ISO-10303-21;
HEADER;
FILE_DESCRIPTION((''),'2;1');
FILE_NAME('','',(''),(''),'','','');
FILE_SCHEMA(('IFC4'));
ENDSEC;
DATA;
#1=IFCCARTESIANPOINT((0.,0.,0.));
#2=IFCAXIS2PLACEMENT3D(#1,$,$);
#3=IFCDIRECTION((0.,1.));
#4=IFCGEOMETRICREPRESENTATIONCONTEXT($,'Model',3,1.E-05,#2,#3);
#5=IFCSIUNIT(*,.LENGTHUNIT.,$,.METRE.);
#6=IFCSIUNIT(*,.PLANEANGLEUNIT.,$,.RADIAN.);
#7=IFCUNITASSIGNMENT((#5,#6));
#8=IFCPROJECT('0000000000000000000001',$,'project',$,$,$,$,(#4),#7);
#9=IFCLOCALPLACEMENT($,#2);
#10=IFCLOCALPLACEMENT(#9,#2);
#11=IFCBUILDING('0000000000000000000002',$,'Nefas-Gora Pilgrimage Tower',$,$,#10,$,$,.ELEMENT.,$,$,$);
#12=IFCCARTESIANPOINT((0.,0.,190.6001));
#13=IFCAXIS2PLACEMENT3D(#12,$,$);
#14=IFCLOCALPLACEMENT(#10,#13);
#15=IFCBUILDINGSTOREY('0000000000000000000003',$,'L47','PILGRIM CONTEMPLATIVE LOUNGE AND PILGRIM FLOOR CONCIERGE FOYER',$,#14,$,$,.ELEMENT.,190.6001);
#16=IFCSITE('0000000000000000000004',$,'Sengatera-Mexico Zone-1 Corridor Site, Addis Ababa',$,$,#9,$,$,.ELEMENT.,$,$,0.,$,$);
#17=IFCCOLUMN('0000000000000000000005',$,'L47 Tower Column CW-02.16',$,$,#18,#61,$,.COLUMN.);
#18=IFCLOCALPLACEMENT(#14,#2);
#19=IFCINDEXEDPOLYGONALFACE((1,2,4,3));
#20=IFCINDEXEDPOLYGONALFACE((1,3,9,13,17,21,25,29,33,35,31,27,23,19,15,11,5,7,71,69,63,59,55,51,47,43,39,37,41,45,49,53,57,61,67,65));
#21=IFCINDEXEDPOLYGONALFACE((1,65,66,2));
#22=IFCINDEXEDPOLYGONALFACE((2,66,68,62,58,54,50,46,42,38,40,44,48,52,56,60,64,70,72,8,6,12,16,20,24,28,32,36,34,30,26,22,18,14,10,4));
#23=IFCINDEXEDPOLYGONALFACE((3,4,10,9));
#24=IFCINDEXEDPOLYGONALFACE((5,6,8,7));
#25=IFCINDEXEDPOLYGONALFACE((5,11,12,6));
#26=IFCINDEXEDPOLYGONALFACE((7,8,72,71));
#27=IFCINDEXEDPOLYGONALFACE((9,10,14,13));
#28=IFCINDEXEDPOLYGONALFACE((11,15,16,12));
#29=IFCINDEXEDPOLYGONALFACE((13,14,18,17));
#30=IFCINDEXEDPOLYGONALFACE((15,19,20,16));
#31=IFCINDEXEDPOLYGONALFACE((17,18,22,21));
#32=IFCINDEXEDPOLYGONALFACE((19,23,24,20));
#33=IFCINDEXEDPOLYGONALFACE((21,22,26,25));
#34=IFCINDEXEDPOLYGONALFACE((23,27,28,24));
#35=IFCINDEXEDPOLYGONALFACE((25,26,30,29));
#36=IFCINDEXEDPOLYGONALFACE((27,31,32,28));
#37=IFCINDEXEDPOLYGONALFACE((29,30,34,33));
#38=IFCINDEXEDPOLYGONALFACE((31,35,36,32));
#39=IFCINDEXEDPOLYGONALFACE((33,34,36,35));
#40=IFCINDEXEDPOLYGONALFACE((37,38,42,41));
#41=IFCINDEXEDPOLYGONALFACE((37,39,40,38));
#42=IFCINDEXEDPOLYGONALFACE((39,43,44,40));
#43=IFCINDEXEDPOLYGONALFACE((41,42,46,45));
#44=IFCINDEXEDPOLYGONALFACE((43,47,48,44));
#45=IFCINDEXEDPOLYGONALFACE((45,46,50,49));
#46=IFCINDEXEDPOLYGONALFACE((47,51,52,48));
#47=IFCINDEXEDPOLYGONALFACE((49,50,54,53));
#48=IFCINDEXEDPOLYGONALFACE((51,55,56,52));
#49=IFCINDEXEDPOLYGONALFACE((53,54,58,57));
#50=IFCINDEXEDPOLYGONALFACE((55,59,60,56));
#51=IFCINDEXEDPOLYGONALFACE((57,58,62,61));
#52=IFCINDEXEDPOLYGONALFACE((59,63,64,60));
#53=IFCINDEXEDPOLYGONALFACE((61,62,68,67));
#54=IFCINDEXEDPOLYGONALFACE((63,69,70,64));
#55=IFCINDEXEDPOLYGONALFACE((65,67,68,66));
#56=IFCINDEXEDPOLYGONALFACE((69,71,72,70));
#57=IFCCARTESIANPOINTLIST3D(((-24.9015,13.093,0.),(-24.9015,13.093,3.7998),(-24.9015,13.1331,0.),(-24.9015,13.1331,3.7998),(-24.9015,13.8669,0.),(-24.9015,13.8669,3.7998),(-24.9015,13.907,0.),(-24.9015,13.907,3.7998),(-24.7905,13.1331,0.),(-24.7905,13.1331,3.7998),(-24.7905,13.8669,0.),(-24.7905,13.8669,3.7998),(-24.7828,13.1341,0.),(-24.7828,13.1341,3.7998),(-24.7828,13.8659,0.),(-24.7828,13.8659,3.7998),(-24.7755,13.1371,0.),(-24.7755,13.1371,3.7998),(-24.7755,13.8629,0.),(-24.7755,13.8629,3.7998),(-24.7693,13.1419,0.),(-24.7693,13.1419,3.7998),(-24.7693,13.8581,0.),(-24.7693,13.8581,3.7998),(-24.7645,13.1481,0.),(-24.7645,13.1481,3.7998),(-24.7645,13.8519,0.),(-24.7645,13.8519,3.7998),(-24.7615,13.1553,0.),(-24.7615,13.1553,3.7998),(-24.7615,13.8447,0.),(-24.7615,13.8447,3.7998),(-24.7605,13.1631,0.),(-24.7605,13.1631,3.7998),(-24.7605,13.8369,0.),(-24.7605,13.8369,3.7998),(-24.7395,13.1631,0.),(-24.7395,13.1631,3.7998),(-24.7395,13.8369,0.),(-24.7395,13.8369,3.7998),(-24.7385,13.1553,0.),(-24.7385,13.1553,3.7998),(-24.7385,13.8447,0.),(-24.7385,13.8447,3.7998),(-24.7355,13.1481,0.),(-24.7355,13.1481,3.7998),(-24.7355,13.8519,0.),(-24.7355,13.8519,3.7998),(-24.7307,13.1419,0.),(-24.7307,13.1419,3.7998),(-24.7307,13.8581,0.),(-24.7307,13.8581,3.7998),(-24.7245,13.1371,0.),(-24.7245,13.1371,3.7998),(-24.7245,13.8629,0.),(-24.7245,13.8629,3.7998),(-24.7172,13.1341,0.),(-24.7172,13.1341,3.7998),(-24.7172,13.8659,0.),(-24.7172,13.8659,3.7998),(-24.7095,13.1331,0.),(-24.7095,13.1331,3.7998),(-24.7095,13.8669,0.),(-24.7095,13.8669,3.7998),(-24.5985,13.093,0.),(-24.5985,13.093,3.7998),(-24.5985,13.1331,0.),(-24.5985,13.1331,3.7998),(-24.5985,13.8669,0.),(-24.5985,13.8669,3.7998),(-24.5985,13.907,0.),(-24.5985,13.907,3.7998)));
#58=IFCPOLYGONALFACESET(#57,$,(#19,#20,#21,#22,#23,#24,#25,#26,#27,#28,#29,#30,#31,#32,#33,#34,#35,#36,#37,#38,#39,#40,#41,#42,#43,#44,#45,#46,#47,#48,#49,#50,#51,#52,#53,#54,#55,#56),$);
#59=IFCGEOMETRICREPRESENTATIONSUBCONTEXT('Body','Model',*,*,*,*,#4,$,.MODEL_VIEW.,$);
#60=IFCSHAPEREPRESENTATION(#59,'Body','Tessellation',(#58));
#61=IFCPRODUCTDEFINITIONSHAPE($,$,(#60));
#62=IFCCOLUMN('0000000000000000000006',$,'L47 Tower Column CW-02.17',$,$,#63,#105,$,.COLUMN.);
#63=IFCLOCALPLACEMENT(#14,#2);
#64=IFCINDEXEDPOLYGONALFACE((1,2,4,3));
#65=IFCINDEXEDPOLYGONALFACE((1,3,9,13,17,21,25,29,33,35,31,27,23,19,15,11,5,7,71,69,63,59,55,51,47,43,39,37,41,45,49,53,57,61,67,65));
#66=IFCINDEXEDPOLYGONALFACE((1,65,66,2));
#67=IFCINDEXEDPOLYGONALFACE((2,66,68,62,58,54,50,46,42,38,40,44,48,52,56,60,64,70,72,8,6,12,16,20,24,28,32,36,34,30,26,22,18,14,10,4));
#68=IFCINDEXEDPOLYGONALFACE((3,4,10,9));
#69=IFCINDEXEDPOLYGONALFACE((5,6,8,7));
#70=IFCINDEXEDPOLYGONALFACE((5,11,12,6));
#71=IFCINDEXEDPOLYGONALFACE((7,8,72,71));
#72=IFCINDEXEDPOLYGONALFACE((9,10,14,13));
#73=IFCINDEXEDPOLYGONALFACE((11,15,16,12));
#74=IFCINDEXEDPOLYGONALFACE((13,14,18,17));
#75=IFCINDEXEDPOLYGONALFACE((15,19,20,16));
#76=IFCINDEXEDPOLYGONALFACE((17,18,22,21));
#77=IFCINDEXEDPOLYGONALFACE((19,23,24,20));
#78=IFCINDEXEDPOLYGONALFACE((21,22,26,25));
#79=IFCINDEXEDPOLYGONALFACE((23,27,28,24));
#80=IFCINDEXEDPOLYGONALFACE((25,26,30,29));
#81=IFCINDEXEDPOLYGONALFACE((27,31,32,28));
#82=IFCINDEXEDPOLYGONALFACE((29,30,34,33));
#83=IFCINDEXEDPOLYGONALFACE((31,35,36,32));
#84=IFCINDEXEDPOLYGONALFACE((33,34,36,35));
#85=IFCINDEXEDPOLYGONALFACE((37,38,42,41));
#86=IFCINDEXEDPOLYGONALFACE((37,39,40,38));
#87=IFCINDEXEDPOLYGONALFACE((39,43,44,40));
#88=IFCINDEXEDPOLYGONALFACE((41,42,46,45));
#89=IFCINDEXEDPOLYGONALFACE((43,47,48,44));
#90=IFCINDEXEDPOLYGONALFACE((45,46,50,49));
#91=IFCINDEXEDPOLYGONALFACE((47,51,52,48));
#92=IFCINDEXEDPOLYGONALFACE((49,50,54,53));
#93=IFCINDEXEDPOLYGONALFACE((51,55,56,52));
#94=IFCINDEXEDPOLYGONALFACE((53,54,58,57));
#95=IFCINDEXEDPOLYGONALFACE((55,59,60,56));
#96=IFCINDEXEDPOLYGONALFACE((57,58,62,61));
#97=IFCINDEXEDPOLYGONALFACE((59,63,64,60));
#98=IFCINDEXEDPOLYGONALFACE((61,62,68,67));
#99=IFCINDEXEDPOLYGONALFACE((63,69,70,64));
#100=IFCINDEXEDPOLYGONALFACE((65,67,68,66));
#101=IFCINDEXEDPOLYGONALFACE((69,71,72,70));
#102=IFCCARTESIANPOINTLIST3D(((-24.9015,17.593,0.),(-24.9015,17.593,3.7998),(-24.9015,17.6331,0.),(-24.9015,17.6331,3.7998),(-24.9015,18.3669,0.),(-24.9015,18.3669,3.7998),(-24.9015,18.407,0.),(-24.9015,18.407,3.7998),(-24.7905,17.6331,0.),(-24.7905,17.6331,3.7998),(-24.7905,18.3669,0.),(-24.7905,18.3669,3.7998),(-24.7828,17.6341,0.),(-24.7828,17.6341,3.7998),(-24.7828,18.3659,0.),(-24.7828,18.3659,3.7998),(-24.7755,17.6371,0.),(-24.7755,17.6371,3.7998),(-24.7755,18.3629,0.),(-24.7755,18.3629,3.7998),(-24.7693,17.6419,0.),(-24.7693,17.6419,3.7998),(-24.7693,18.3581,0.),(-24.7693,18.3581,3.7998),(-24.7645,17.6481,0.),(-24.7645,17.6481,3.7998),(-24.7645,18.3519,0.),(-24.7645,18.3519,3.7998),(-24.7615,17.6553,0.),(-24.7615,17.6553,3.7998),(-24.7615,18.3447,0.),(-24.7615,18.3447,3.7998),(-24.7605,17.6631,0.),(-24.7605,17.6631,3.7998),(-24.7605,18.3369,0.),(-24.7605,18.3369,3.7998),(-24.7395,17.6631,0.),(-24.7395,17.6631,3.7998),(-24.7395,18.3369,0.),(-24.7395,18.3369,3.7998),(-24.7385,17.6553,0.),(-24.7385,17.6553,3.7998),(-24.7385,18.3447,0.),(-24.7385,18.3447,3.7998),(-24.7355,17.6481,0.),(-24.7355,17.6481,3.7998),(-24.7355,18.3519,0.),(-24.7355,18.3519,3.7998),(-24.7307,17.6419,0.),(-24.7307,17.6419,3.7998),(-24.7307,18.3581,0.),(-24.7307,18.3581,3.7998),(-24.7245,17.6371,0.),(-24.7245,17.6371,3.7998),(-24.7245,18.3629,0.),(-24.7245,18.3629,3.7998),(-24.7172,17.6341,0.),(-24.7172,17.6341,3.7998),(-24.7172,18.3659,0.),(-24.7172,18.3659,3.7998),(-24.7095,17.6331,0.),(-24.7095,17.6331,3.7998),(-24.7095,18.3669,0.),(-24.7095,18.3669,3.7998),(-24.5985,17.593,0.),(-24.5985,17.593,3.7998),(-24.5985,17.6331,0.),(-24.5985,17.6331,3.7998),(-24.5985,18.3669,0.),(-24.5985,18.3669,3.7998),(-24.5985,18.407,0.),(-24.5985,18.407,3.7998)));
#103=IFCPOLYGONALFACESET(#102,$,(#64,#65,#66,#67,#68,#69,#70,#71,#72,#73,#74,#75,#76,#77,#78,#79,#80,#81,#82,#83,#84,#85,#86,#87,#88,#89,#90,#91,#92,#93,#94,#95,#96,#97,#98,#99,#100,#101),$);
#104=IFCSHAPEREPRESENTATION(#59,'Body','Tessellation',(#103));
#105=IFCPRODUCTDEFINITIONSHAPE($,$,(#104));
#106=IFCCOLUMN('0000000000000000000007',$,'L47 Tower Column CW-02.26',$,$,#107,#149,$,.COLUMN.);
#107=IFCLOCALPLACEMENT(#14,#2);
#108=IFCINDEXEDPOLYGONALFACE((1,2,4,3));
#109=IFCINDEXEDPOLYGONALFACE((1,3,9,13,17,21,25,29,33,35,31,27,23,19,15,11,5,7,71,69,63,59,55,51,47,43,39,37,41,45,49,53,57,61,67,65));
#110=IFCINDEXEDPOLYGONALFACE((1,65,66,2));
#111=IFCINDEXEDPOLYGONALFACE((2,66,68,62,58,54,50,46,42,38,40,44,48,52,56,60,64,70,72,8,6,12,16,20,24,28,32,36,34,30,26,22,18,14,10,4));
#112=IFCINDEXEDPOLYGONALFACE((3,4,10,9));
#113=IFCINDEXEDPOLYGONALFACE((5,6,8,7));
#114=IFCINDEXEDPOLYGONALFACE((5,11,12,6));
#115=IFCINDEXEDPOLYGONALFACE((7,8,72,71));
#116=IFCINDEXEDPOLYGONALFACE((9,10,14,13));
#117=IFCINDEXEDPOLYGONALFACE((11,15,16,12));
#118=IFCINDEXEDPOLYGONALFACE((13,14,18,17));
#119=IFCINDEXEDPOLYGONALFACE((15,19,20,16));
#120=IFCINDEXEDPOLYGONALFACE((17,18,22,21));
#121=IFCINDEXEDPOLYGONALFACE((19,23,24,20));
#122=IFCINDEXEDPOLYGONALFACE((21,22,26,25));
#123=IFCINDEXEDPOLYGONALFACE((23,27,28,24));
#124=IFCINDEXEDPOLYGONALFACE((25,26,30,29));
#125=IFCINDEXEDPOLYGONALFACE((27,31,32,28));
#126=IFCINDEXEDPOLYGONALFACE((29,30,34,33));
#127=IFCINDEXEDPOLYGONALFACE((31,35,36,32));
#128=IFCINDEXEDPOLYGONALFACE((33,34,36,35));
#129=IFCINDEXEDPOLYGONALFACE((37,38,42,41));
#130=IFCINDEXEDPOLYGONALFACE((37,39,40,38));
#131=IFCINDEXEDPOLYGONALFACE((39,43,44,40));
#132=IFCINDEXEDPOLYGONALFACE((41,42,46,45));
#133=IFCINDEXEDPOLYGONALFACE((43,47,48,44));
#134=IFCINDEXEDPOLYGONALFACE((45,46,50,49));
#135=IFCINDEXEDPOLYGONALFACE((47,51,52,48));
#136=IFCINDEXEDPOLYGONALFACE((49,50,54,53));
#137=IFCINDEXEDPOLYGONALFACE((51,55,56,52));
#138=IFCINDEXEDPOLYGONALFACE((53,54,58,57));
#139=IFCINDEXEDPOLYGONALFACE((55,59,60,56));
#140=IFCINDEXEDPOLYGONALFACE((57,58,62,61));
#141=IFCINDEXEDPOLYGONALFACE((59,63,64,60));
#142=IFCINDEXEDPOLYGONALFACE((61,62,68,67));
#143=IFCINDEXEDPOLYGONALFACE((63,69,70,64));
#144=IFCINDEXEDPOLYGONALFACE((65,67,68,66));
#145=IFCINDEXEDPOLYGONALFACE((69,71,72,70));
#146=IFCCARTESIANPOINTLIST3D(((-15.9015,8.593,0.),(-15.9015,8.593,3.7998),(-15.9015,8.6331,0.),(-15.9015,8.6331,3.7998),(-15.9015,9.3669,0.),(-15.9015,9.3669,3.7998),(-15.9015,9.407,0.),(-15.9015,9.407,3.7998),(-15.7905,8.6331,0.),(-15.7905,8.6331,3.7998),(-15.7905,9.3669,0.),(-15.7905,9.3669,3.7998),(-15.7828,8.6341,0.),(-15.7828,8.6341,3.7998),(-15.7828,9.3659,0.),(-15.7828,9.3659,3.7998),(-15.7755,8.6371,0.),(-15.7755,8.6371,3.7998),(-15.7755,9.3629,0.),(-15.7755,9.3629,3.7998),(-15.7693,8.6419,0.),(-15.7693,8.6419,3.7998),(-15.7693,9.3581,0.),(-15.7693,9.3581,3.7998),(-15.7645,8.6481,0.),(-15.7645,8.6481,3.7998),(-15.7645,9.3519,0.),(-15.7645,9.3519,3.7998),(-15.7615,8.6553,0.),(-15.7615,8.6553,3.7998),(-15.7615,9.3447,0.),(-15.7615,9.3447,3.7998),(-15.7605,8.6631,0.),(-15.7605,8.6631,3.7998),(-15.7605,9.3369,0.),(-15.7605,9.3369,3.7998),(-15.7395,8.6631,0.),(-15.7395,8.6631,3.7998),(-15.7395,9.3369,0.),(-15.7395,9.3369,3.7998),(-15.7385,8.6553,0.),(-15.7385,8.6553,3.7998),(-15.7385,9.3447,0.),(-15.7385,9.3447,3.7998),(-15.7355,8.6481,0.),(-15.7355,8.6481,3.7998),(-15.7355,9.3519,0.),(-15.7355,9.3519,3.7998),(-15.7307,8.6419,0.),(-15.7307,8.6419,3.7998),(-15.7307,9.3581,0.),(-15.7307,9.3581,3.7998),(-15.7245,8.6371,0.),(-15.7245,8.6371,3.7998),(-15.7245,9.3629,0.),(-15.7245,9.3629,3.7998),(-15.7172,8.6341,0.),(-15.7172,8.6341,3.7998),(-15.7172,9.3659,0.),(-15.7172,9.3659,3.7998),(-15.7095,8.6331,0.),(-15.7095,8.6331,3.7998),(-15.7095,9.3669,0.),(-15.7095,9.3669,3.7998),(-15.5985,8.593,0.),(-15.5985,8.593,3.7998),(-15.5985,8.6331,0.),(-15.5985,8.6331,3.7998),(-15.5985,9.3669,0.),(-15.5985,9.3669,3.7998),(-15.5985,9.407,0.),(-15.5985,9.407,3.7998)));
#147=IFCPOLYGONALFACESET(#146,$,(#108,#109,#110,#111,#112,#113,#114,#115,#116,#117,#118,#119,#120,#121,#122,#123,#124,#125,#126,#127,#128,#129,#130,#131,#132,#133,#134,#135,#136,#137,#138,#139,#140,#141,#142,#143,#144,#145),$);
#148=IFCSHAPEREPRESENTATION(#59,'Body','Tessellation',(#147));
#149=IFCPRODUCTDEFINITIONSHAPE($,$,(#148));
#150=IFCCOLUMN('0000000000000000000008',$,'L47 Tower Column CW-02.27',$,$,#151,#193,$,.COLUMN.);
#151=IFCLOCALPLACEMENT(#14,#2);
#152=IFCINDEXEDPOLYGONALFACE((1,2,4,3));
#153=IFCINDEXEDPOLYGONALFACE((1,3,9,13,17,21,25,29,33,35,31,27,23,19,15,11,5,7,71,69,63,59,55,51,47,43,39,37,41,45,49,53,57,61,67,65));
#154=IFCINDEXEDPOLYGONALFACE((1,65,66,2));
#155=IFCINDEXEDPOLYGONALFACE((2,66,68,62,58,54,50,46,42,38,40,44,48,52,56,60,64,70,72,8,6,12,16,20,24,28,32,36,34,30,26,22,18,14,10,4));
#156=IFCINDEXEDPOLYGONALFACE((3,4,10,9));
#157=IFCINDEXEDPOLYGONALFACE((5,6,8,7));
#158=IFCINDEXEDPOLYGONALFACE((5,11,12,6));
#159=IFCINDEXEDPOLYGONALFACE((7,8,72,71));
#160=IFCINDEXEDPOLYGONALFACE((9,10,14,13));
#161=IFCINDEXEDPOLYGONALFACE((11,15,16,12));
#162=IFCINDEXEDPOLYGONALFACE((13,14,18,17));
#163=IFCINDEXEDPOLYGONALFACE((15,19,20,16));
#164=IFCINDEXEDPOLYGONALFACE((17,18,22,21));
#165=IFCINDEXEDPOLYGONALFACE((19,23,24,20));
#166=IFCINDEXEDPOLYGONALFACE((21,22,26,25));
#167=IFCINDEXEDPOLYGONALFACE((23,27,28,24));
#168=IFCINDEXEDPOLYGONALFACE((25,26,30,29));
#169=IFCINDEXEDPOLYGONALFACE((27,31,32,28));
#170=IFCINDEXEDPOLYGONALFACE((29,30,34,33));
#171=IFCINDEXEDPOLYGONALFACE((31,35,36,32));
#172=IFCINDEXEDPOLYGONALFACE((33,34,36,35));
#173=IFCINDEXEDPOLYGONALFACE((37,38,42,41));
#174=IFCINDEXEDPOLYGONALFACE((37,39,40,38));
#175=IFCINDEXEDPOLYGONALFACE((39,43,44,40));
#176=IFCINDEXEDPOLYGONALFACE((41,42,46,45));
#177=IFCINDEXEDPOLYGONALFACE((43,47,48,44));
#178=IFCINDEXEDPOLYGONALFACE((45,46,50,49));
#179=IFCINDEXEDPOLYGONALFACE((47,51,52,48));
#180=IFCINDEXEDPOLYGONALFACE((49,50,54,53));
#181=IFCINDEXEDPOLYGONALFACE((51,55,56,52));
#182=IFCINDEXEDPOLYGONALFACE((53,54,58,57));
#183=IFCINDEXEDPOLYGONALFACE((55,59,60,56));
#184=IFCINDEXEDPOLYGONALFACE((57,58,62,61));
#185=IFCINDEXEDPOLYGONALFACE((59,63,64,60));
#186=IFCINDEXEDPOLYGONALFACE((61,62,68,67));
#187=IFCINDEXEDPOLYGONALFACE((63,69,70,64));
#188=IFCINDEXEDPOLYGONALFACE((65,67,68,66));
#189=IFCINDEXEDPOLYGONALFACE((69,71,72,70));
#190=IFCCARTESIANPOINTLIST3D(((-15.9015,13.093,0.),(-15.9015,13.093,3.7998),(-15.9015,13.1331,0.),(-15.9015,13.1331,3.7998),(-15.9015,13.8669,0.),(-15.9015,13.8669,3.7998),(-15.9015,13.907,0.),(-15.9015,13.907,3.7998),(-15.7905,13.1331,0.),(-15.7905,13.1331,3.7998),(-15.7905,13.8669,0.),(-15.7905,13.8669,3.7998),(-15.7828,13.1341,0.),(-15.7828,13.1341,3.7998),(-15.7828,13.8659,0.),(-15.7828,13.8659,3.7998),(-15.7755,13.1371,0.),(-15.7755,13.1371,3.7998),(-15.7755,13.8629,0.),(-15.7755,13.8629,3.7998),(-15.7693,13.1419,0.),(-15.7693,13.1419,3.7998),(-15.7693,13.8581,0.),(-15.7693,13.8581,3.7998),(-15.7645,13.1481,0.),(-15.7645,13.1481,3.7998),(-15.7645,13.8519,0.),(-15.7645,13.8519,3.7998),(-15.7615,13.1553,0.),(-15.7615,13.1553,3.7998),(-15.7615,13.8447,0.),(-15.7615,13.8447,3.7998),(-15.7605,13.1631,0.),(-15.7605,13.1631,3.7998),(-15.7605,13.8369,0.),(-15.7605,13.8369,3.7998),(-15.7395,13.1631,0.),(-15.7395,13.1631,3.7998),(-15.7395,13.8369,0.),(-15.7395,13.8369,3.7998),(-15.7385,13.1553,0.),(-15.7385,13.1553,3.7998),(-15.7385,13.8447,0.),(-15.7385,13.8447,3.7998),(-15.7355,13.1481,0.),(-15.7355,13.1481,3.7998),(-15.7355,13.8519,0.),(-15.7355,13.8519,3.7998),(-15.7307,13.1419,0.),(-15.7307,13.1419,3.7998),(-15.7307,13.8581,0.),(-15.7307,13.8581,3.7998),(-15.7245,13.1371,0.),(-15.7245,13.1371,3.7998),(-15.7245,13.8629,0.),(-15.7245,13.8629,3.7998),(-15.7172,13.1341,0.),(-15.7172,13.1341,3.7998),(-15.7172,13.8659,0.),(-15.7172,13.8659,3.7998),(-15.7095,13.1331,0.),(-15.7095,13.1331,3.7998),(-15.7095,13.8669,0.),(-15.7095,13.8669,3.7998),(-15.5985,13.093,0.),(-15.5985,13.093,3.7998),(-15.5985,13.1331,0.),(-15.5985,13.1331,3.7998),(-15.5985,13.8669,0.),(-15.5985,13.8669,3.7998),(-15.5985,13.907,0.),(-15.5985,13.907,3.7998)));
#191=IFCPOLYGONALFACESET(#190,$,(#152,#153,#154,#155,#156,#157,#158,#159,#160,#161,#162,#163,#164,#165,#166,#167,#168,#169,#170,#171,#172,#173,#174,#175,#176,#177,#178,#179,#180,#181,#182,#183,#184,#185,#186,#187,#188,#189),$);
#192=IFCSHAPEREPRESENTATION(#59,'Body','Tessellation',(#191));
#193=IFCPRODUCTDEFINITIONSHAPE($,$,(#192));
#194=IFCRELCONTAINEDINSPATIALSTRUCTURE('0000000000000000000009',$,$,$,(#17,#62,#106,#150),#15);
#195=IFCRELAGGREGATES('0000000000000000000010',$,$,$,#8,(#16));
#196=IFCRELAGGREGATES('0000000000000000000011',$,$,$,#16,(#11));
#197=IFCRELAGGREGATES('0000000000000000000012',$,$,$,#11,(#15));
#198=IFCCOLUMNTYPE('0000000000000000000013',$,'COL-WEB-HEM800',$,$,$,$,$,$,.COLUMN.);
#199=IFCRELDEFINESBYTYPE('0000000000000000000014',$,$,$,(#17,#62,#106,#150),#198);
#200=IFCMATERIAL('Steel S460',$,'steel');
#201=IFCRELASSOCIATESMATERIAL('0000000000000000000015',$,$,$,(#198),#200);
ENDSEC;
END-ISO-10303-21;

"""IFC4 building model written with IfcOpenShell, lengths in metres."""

from ifc_helpers import new_model, si_unit, direction, frame, origin, origin_2d, place, context, subcontext, project, spatial, i_section, extrude, source, transform, mapped, material, material_profile, profile_set, type_object, element, save


model = new_model("IFC4")

# Units and contexts
model_context = context("Model", 3, precision=1e-05, world=origin(), true_north=direction((0.0, 1.0)))
body_context = subcontext(model_context, "Body", "Model", "MODEL_VIEW")
ifc_project = project(units=[si_unit("LENGTHUNIT", "METRE"), si_unit("PLANEANGLEUNIT", "RADIAN")], contexts=[model_context])

# Site, building, storey
site_placement = place(None, origin())
site = spatial("IfcSite", under=ifc_project, at=site_placement, Name="Sengatera-Mexico Zone-1 Corridor Site, Addis Ababa", CompositionType="ELEMENT", RefElevation=0.0)
building_placement = place(site_placement, origin())
building = spatial("IfcBuilding", under=site, at=building_placement, Name="Nefas-Gora Pilgrimage Tower", CompositionType="ELEMENT")
storey_placement = place(building_placement, frame((0.0, 0.0, 190.6001)))
storey = spatial("IfcBuildingStorey", under=building, at=storey_placement, Name="L47", Description="PILGRIM CONTEMPLATIVE LOUNGE AND PILGRIM FLOOR CONCIERGE FOYER", CompositionType="ELEMENT", Elevation=190.6001)

# Columns
ifc_material_1 = material(Name="Steel S460", Category="steel")
ifc_material_profile_1 = material_profile(ifc_material_1, i_section(OverallWidth=0.303, OverallDepth=0.814, WebThickness=0.021, FlangeThickness=0.04, FilletRadius=0.03, at=origin_2d()), Name="HEM 800")
ifc_profile_set_1 = profile_set([ifc_material_profile_1], Name="Steel S460")
column_type_1 = type_object("IfcColumnType", Name="COL-WEB-HEM800", PredefinedType="COLUMN", material=ifc_profile_set_1)
shared_shape_1 = source(origin(), body_context, "Body", "SweptSolid", [
    extrude(i_section(OverallWidth=0.303, OverallDepth=0.814, WebThickness=0.021, FlangeThickness=0.04, FilletRadius=0.03, at=origin_2d()), origin(), (0.0, 0.0, 1.0), 3.7998),
])
for number, where, z_axis, x_axis, name in (
    (1, (-24.75, 13.5, 0.0), (0.0, 0.0, 1.0), (1.0, 0.0, 0.0), "L47 Tower Column CW-02.16"),
    (2, (-24.75, 18.0, 0.0), (0.0, 0.0, 1.0), (1.0, 0.0, 0.0), "L47 Tower Column CW-02.17"),
    (3, (-15.75, 9.0, 0.0), (0.0, 0.0, 1.0), (1.0, 0.0, 0.0), "L47 Tower Column CW-02.26"),
    (4, (-15.75, 13.5, 0.0), (0.0, 0.0, 1.0), (1.0, 0.0, 0.0), "L47 Tower Column CW-02.27"),
):
    element("IfcColumn", number, at=place(storey_placement, frame(where, z_axis=z_axis, x_axis=x_axis)), inside=storey, type_object=column_type_1, Name=name, PredefinedType="COLUMN", context=body_context, shape_type="MappedRepresentation", body=[
        mapped(shared_shape_1, transform((0.0, 0.0, 0.0), x_axis=(1.0, 0.0, 0.0), y_axis=(0.0, 1.0, 0.0), z_axis=(0.0, 0.0, 1.0), scale=1.0)),
    ])

save(model, "model.ifc")
